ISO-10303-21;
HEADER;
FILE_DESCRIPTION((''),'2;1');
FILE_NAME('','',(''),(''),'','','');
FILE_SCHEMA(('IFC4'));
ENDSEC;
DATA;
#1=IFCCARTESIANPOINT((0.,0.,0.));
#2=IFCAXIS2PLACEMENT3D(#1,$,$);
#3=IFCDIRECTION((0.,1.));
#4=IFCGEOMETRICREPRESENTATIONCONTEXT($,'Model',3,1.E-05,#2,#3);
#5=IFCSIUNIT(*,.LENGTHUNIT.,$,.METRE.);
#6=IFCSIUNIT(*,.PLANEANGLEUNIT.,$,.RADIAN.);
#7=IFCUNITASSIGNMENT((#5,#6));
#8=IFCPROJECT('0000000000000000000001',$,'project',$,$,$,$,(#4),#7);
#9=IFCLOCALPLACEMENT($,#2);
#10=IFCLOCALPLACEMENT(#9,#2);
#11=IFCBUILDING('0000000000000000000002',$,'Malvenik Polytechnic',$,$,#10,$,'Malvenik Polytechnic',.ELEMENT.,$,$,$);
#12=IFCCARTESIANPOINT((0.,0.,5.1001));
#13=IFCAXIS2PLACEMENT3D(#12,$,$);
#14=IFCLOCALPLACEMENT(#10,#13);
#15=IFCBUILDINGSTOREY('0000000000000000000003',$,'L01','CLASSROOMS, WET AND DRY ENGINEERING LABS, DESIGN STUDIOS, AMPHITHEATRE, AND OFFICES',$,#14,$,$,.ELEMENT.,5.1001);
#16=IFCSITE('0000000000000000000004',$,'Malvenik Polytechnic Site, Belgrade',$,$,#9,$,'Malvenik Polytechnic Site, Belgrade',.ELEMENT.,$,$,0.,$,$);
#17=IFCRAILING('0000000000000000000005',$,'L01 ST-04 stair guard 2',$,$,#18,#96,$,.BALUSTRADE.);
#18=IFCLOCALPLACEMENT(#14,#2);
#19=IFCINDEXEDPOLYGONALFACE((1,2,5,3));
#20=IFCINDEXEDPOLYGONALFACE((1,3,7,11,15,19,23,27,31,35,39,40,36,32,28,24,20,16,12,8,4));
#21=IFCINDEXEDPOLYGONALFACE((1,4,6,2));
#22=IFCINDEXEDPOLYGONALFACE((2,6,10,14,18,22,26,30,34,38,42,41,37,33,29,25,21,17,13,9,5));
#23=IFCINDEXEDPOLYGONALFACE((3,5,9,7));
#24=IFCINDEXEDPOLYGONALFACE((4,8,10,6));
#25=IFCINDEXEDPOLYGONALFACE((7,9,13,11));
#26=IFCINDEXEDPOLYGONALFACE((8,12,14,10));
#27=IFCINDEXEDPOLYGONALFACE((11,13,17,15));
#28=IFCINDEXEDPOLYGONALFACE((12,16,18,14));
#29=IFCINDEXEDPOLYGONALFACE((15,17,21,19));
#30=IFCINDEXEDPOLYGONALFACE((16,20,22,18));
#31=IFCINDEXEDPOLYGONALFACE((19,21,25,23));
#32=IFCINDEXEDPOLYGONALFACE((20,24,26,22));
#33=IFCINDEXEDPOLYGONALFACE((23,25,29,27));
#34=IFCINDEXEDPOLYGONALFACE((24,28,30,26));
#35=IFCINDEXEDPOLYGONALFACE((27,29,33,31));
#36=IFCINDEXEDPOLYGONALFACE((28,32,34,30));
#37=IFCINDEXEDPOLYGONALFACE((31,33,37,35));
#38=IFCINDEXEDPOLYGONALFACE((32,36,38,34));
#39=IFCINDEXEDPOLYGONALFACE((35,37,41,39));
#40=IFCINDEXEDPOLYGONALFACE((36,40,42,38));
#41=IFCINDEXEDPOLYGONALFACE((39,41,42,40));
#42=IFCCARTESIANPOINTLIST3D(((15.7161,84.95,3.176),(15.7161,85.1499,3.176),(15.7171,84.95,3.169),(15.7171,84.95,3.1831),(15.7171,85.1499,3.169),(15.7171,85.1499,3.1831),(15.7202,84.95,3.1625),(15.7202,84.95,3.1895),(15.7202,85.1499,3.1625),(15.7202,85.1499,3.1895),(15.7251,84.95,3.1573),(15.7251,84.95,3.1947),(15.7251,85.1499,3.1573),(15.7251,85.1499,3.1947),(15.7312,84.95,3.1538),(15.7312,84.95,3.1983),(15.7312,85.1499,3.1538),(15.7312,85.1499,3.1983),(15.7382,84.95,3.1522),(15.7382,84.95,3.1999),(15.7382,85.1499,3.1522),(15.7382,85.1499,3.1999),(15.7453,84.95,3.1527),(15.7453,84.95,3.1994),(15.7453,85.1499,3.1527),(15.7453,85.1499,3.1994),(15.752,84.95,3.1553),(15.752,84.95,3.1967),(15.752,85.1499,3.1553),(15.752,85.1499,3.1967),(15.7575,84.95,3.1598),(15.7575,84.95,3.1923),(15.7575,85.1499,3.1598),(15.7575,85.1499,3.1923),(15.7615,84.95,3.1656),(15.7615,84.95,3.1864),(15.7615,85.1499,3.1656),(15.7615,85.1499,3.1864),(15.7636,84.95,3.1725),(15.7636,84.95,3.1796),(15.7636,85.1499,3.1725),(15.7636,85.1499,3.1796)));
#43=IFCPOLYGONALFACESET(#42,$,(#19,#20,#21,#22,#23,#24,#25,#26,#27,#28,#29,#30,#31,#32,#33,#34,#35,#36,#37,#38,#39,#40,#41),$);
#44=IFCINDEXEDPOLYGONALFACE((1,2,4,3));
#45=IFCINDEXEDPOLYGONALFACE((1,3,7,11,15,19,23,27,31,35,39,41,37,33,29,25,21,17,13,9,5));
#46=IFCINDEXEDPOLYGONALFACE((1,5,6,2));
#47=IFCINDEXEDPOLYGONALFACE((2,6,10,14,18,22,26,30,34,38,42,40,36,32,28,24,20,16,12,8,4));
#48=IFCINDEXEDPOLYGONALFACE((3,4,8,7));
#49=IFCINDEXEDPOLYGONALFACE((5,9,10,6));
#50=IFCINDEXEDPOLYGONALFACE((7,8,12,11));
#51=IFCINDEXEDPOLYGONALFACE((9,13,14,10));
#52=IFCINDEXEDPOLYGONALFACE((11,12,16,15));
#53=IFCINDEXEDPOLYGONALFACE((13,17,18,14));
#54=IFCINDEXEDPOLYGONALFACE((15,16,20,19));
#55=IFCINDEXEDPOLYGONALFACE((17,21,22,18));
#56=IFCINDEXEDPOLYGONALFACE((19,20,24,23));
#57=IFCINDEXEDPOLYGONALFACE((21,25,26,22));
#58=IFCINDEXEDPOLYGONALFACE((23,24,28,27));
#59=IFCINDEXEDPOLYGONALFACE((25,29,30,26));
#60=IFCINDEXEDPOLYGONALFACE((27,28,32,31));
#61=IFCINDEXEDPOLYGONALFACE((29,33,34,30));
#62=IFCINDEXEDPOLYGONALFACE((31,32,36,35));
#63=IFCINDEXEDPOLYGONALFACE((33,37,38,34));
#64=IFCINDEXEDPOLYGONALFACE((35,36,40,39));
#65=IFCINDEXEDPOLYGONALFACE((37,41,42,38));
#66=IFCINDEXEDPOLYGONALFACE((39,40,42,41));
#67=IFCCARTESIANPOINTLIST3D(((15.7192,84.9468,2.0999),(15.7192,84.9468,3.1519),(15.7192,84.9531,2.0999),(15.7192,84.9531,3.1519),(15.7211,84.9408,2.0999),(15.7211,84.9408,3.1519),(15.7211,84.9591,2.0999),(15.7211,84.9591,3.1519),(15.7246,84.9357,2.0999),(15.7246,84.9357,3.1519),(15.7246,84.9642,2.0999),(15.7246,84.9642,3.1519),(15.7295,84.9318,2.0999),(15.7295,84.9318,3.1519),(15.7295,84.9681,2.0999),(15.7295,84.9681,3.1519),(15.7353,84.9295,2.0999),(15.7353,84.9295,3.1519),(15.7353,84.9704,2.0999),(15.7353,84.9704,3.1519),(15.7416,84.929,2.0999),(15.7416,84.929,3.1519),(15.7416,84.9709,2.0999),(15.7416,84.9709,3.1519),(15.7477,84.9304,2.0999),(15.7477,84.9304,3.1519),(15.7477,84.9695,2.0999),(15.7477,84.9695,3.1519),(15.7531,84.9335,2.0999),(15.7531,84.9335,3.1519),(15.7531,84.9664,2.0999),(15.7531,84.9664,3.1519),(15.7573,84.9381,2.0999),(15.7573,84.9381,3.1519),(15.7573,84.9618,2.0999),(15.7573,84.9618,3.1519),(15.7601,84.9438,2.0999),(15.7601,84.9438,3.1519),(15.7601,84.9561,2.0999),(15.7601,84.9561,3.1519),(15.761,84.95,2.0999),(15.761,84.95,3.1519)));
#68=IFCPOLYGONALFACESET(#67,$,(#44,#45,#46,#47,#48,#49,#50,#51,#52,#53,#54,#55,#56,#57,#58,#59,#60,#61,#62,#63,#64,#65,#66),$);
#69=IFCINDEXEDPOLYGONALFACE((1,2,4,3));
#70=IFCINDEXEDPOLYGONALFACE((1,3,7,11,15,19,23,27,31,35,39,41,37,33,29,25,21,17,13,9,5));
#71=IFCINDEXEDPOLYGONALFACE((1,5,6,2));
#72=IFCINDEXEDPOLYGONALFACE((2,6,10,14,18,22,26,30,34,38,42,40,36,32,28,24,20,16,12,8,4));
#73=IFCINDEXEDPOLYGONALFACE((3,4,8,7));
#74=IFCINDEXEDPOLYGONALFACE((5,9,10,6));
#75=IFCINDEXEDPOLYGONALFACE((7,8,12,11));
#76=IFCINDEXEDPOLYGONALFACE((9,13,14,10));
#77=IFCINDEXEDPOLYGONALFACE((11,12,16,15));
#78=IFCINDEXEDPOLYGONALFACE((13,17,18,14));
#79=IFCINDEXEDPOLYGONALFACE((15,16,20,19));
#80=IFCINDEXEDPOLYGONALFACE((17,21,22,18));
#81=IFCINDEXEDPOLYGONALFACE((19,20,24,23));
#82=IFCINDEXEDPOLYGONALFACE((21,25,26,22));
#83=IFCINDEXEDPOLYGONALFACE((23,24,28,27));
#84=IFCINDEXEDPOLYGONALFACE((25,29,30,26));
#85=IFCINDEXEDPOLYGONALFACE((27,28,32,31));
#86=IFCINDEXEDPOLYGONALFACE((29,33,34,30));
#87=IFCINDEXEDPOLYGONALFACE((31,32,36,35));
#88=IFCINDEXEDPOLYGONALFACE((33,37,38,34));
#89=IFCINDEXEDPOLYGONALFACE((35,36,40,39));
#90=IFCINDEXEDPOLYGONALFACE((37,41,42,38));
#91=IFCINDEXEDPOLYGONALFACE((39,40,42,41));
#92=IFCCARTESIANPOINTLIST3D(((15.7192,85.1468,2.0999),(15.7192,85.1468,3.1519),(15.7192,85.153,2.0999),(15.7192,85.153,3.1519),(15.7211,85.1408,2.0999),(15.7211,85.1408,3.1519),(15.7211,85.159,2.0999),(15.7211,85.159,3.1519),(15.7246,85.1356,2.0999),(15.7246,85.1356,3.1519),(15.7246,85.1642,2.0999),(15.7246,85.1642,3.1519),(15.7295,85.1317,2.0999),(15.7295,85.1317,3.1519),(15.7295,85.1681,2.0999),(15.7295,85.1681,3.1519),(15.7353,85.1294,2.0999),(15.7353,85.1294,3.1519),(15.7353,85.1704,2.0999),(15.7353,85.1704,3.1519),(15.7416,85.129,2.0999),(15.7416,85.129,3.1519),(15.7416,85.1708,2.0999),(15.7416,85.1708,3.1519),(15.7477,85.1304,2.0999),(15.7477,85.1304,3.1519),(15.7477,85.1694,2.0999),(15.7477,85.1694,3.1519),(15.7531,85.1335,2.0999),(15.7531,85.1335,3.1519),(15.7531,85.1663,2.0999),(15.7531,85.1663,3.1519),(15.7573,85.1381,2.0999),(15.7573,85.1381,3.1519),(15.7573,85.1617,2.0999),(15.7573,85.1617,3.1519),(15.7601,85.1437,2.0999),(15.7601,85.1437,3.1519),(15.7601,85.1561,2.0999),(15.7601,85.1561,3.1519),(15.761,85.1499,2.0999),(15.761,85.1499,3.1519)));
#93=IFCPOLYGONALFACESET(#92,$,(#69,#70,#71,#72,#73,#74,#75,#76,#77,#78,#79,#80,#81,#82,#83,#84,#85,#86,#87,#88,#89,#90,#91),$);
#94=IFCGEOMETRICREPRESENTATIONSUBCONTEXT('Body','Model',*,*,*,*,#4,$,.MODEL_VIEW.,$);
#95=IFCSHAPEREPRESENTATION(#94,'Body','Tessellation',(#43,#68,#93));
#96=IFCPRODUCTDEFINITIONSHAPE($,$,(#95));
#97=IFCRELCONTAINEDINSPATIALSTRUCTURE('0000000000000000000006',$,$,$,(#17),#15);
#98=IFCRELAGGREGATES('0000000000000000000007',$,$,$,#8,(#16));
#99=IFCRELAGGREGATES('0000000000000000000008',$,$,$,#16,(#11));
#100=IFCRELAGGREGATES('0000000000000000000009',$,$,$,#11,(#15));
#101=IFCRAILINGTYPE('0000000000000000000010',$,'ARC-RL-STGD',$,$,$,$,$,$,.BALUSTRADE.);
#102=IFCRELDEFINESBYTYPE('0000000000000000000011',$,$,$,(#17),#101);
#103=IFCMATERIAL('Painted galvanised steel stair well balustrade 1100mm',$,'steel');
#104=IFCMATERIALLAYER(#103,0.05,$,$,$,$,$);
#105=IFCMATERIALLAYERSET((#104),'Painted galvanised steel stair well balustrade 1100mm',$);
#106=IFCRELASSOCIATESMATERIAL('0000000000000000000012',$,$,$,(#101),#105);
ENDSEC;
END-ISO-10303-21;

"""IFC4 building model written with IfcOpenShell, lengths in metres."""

from ifc_helpers import new_model, si_unit, direction, frame, origin, origin_2d, place, context, subcontext, project, spatial, circle, extrude, material, layer, layer_set, type_object, element, save


model = new_model("IFC4")

# Units and contexts
model_context = context("Model", 3, precision=1e-05, world=origin(), true_north=direction((0.0, 1.0)))
body_context = subcontext(model_context, "Body", "Model", "MODEL_VIEW")
ifc_project = project(units=[si_unit("LENGTHUNIT", "METRE"), si_unit("PLANEANGLEUNIT", "RADIAN")], contexts=[model_context])

# Site, building, storey
site_placement = place(None, origin())
site = spatial("IfcSite", under=ifc_project, at=site_placement, Name="Malvenik Polytechnic Site, Belgrade", LongName="Malvenik Polytechnic Site, Belgrade", CompositionType="ELEMENT", RefElevation=0.0)
building_placement = place(site_placement, origin())
building = spatial("IfcBuilding", under=site, at=building_placement, Name="Malvenik Polytechnic", LongName="Malvenik Polytechnic", CompositionType="ELEMENT")
storey_placement = place(building_placement, frame((0.0, 0.0, 5.1001)))
storey = spatial("IfcBuildingStorey", under=building, at=storey_placement, Name="L01", Description="CLASSROOMS, WET AND DRY ENGINEERING LABS, DESIGN STUDIOS, AMPHITHEATRE, AND OFFICES", CompositionType="ELEMENT", Elevation=5.1001)

# Railing
ifc_material_1 = material(Name="Painted galvanised steel stair well balustrade 1100mm", Category="steel")
ifc_layer_1 = layer(ifc_material_1, 0.05)
ifc_layer_set_1 = layer_set([ifc_layer_1], Name="Painted galvanised steel stair well balustrade 1100mm")
railing_type_1 = type_object("IfcRailingType", Name="ARC-RL-STGD", PredefinedType="BALUSTRADE", material=ifc_layer_set_1)
railing_1_placement = place(storey_placement, frame((15.74, 84.95, 2.0999)))
element("IfcRailing", 1, at=railing_1_placement, inside=storey, type_object=railing_type_1, Name="L01 ST-04 stair guard 2", PredefinedType="BALUSTRADE", context=body_context, shape_type="SweptSolid", body=[
    extrude(circle(Radius=0.0239, at=origin_2d()), frame((0.0, 0.0, 1.0762), z_axis=(0.0, 1.0, 0.0), x_axis=(-1.0, 0.0, 0.0)), (0.0, 0.0, 1.0), 0.2),
    extrude(circle(Radius=0.021, at=origin_2d()), origin(), (0.0, 0.0, 1.0), 1.052),
    extrude(circle(Radius=0.021, at=origin_2d()), frame((0.0, 0.2, 0.0)), (0.0, 0.0, 1.0), 1.052),
])

save(model, "model.ifc")
